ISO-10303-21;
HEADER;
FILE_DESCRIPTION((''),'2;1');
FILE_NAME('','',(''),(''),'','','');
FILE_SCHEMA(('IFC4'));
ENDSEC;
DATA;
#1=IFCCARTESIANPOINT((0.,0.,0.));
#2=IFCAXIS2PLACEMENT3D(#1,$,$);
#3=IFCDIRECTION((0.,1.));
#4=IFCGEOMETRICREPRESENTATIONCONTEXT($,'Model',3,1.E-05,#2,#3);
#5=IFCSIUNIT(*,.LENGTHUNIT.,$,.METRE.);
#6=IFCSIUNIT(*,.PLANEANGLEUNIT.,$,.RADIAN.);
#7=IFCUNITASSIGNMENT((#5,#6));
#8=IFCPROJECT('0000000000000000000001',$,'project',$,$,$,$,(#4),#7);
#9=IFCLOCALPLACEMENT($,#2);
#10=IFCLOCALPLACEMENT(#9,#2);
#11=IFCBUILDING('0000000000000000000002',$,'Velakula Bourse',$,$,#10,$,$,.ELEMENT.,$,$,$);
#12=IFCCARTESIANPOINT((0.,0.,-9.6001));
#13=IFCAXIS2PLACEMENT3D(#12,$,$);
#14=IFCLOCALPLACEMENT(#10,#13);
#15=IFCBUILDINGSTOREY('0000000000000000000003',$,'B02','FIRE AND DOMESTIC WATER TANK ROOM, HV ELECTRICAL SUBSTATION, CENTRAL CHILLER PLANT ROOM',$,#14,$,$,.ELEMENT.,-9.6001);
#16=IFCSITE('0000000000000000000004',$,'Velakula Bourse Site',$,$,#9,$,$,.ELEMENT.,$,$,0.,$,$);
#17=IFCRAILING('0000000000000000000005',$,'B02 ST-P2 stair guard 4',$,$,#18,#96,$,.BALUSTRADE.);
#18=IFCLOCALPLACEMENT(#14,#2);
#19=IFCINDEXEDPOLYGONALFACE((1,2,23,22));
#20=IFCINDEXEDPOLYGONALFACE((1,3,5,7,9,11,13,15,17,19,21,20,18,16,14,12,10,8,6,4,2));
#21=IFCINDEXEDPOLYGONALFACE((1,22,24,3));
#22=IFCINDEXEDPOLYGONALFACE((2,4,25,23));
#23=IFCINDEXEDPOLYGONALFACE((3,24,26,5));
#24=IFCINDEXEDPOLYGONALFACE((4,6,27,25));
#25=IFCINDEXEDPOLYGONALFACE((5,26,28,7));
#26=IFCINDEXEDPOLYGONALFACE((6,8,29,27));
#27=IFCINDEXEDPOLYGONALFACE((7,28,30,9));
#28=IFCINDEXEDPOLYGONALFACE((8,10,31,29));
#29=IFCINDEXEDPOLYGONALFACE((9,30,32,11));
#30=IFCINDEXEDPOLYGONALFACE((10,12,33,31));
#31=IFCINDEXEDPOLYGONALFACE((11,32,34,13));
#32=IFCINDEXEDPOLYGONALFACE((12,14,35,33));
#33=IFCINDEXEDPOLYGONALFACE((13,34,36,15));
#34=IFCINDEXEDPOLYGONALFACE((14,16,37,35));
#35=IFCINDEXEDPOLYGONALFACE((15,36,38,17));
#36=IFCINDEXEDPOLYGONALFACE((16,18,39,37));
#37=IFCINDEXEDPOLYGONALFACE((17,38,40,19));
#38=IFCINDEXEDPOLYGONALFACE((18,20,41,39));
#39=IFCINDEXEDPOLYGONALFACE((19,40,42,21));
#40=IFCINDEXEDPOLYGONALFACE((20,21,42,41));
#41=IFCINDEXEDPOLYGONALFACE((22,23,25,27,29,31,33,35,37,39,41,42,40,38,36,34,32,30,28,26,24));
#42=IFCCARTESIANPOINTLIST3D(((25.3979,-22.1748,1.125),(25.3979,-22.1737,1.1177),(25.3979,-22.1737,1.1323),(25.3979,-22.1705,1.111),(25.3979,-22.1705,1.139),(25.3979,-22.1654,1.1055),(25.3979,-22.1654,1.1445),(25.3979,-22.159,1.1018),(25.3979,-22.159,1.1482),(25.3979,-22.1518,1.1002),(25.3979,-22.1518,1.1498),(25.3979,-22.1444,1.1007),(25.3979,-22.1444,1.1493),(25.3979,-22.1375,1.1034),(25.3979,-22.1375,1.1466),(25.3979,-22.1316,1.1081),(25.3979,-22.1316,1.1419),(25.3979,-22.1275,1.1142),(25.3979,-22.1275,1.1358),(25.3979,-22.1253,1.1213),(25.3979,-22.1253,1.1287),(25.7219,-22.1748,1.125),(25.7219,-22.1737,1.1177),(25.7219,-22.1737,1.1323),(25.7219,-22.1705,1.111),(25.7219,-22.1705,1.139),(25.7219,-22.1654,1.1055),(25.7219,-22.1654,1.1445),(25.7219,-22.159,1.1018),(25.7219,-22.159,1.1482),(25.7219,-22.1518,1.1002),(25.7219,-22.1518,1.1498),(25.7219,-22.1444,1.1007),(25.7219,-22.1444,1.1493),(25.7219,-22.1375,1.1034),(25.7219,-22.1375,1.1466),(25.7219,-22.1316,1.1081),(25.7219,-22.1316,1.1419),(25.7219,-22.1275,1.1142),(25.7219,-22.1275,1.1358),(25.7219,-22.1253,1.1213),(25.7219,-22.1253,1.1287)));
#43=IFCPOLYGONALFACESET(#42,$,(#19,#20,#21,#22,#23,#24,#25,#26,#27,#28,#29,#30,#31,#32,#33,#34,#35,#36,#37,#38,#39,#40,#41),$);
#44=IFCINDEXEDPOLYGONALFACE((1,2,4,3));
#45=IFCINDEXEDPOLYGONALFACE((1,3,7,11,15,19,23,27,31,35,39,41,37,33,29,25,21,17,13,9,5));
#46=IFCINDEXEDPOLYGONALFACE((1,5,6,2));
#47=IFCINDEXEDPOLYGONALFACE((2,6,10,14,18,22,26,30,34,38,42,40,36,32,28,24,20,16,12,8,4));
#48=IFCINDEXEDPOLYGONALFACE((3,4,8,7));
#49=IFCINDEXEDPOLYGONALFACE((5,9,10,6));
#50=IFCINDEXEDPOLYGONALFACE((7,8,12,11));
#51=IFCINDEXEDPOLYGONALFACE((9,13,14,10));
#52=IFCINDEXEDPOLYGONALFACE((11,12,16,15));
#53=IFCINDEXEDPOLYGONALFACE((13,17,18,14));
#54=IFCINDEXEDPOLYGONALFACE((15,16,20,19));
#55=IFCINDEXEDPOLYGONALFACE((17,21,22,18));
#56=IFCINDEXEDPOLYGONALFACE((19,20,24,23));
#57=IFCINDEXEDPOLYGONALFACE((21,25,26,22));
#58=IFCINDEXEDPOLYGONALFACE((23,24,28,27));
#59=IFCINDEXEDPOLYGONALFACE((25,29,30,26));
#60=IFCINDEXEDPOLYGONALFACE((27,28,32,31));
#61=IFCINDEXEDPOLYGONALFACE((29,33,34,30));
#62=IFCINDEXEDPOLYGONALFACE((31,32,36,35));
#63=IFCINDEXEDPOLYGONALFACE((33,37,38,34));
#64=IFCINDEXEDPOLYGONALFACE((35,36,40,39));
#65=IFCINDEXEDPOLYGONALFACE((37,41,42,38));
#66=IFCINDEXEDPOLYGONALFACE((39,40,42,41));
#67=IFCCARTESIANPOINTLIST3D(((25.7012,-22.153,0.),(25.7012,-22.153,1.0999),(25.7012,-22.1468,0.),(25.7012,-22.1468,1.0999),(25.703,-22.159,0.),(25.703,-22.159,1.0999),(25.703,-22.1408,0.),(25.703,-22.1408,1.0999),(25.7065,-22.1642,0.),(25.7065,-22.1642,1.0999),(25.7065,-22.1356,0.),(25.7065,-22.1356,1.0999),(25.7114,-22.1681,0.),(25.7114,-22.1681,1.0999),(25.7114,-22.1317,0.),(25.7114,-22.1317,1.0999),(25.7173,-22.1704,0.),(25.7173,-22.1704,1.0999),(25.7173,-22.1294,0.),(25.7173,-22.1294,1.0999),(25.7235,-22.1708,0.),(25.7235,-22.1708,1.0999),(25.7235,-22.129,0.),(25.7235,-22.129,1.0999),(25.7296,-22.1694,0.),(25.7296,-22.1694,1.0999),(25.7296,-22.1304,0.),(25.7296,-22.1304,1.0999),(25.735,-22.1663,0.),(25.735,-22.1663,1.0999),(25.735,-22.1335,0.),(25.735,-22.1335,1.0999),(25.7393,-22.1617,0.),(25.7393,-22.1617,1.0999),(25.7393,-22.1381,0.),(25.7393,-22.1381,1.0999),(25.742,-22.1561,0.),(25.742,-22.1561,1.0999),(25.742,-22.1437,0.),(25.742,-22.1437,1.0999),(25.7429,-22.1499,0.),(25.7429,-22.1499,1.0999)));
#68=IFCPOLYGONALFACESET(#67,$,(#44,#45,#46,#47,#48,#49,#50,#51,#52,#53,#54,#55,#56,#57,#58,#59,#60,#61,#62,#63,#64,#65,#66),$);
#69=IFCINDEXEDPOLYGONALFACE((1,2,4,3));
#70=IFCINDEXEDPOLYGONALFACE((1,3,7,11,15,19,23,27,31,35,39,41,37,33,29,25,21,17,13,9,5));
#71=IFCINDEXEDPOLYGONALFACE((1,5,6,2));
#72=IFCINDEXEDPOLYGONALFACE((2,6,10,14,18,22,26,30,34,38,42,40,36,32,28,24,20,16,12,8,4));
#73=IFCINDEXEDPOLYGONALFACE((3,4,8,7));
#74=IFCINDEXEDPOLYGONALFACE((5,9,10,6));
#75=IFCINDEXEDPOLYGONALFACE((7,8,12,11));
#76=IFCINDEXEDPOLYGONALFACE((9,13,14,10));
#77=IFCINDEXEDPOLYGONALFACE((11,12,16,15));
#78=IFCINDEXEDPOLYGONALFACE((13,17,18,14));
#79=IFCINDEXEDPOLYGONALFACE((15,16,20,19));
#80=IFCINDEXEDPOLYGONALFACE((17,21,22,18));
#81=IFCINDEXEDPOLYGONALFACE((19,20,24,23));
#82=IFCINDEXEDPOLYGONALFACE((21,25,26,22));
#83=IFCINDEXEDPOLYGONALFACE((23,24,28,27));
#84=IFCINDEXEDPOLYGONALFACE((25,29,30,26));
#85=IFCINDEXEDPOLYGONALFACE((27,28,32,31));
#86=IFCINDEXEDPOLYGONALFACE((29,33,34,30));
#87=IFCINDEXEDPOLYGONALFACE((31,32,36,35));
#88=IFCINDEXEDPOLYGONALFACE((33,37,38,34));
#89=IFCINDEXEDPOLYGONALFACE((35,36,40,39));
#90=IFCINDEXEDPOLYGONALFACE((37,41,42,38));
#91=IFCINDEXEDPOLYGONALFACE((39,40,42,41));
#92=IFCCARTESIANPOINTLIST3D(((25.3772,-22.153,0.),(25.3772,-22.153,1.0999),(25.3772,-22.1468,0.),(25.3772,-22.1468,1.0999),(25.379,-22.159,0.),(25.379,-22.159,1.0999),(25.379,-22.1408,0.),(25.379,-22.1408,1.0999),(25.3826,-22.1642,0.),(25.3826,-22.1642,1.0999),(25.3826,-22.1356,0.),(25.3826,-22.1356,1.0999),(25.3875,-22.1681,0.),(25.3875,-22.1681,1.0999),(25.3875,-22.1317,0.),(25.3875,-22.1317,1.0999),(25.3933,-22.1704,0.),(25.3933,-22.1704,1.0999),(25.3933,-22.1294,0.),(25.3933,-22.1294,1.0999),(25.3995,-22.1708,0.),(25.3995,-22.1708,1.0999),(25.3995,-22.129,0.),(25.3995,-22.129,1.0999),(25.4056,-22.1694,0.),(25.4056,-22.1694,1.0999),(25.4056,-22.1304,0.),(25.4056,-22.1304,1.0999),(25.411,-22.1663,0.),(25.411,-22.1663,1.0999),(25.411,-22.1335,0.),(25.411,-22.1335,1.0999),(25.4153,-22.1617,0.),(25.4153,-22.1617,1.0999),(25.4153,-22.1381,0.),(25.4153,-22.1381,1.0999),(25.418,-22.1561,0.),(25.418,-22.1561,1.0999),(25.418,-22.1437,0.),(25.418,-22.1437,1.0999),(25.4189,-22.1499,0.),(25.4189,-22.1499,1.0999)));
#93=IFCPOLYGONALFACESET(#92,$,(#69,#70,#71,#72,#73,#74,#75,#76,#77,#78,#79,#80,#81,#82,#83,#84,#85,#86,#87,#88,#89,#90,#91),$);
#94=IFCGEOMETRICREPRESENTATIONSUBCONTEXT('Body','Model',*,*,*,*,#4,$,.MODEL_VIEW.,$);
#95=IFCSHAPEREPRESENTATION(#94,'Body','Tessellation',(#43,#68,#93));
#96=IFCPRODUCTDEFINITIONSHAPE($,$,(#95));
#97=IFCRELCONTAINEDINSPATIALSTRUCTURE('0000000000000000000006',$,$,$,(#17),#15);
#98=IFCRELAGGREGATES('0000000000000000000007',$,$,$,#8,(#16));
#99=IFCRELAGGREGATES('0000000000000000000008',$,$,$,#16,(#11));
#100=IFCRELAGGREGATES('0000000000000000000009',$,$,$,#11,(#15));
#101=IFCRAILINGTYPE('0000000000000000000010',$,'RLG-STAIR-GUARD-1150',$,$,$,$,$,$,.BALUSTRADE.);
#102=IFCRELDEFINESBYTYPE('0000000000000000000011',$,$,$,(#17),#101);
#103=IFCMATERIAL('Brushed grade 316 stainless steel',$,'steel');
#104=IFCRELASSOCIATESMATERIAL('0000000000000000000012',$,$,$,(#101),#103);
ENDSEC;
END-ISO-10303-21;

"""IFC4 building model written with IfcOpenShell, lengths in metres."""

from ifc_helpers import new_model, si_unit, direction, frame, origin, origin_2d, place, context, subcontext, project, spatial, circle, extrude, material, type_object, element, save


model = new_model("IFC4")

# Units and contexts
model_context = context("Model", 3, precision=1e-05, world=origin(), true_north=direction((0.0, 1.0)))
body_context = subcontext(model_context, "Body", "Model", "MODEL_VIEW")
ifc_project = project(units=[si_unit("LENGTHUNIT", "METRE"), si_unit("PLANEANGLEUNIT", "RADIAN")], contexts=[model_context])

# Site, building, storey
site_placement = place(None, origin())
site = spatial("IfcSite", under=ifc_project, at=site_placement, Name="Velakula Bourse Site", CompositionType="ELEMENT", RefElevation=0.0)
building_placement = place(site_placement, origin())
building = spatial("IfcBuilding", under=site, at=building_placement, Name="Velakula Bourse", CompositionType="ELEMENT")
storey_placement = place(building_placement, frame((0.0, 0.0, -9.6001)))
storey = spatial("IfcBuildingStorey", under=building, at=storey_placement, Name="B02", Description="FIRE AND DOMESTIC WATER TANK ROOM, HV ELECTRICAL SUBSTATION, CENTRAL CHILLER PLANT ROOM", CompositionType="ELEMENT", Elevation=-9.6001)

# Railing
ifc_material_1 = material(Name="Brushed grade 316 stainless steel", Category="steel")
railing_type_1 = type_object("IfcRailingType", Name="RLG-STAIR-GUARD-1150", PredefinedType="BALUSTRADE", material=ifc_material_1)
railing_1_placement = place(storey_placement, frame((25.7219, -22.1499, 0.0)))
element("IfcRailing", 1, at=railing_1_placement, inside=storey, type_object=railing_type_1, Name="B02 ST-P2 stair guard 4", PredefinedType="BALUSTRADE", context=body_context, shape_type="SweptSolid", body=[
    extrude(circle(Radius=0.0249, at=origin_2d()), frame((0.0, 0.0, 1.125), z_axis=(-1.0, 0.0, 0.0), x_axis=(0.0, -1.0, 0.0)), (0.0, 0.0, 1.0), 0.324),
    extrude(circle(Radius=0.021, at=origin_2d()), origin(), (0.0, 0.0, 1.0), 1.0999),
    extrude(circle(Radius=0.021, at=origin_2d()), frame((-0.324, 0.0, 0.0)), (0.0, 0.0, 1.0), 1.0999),
])

save(model, "model.ifc")
